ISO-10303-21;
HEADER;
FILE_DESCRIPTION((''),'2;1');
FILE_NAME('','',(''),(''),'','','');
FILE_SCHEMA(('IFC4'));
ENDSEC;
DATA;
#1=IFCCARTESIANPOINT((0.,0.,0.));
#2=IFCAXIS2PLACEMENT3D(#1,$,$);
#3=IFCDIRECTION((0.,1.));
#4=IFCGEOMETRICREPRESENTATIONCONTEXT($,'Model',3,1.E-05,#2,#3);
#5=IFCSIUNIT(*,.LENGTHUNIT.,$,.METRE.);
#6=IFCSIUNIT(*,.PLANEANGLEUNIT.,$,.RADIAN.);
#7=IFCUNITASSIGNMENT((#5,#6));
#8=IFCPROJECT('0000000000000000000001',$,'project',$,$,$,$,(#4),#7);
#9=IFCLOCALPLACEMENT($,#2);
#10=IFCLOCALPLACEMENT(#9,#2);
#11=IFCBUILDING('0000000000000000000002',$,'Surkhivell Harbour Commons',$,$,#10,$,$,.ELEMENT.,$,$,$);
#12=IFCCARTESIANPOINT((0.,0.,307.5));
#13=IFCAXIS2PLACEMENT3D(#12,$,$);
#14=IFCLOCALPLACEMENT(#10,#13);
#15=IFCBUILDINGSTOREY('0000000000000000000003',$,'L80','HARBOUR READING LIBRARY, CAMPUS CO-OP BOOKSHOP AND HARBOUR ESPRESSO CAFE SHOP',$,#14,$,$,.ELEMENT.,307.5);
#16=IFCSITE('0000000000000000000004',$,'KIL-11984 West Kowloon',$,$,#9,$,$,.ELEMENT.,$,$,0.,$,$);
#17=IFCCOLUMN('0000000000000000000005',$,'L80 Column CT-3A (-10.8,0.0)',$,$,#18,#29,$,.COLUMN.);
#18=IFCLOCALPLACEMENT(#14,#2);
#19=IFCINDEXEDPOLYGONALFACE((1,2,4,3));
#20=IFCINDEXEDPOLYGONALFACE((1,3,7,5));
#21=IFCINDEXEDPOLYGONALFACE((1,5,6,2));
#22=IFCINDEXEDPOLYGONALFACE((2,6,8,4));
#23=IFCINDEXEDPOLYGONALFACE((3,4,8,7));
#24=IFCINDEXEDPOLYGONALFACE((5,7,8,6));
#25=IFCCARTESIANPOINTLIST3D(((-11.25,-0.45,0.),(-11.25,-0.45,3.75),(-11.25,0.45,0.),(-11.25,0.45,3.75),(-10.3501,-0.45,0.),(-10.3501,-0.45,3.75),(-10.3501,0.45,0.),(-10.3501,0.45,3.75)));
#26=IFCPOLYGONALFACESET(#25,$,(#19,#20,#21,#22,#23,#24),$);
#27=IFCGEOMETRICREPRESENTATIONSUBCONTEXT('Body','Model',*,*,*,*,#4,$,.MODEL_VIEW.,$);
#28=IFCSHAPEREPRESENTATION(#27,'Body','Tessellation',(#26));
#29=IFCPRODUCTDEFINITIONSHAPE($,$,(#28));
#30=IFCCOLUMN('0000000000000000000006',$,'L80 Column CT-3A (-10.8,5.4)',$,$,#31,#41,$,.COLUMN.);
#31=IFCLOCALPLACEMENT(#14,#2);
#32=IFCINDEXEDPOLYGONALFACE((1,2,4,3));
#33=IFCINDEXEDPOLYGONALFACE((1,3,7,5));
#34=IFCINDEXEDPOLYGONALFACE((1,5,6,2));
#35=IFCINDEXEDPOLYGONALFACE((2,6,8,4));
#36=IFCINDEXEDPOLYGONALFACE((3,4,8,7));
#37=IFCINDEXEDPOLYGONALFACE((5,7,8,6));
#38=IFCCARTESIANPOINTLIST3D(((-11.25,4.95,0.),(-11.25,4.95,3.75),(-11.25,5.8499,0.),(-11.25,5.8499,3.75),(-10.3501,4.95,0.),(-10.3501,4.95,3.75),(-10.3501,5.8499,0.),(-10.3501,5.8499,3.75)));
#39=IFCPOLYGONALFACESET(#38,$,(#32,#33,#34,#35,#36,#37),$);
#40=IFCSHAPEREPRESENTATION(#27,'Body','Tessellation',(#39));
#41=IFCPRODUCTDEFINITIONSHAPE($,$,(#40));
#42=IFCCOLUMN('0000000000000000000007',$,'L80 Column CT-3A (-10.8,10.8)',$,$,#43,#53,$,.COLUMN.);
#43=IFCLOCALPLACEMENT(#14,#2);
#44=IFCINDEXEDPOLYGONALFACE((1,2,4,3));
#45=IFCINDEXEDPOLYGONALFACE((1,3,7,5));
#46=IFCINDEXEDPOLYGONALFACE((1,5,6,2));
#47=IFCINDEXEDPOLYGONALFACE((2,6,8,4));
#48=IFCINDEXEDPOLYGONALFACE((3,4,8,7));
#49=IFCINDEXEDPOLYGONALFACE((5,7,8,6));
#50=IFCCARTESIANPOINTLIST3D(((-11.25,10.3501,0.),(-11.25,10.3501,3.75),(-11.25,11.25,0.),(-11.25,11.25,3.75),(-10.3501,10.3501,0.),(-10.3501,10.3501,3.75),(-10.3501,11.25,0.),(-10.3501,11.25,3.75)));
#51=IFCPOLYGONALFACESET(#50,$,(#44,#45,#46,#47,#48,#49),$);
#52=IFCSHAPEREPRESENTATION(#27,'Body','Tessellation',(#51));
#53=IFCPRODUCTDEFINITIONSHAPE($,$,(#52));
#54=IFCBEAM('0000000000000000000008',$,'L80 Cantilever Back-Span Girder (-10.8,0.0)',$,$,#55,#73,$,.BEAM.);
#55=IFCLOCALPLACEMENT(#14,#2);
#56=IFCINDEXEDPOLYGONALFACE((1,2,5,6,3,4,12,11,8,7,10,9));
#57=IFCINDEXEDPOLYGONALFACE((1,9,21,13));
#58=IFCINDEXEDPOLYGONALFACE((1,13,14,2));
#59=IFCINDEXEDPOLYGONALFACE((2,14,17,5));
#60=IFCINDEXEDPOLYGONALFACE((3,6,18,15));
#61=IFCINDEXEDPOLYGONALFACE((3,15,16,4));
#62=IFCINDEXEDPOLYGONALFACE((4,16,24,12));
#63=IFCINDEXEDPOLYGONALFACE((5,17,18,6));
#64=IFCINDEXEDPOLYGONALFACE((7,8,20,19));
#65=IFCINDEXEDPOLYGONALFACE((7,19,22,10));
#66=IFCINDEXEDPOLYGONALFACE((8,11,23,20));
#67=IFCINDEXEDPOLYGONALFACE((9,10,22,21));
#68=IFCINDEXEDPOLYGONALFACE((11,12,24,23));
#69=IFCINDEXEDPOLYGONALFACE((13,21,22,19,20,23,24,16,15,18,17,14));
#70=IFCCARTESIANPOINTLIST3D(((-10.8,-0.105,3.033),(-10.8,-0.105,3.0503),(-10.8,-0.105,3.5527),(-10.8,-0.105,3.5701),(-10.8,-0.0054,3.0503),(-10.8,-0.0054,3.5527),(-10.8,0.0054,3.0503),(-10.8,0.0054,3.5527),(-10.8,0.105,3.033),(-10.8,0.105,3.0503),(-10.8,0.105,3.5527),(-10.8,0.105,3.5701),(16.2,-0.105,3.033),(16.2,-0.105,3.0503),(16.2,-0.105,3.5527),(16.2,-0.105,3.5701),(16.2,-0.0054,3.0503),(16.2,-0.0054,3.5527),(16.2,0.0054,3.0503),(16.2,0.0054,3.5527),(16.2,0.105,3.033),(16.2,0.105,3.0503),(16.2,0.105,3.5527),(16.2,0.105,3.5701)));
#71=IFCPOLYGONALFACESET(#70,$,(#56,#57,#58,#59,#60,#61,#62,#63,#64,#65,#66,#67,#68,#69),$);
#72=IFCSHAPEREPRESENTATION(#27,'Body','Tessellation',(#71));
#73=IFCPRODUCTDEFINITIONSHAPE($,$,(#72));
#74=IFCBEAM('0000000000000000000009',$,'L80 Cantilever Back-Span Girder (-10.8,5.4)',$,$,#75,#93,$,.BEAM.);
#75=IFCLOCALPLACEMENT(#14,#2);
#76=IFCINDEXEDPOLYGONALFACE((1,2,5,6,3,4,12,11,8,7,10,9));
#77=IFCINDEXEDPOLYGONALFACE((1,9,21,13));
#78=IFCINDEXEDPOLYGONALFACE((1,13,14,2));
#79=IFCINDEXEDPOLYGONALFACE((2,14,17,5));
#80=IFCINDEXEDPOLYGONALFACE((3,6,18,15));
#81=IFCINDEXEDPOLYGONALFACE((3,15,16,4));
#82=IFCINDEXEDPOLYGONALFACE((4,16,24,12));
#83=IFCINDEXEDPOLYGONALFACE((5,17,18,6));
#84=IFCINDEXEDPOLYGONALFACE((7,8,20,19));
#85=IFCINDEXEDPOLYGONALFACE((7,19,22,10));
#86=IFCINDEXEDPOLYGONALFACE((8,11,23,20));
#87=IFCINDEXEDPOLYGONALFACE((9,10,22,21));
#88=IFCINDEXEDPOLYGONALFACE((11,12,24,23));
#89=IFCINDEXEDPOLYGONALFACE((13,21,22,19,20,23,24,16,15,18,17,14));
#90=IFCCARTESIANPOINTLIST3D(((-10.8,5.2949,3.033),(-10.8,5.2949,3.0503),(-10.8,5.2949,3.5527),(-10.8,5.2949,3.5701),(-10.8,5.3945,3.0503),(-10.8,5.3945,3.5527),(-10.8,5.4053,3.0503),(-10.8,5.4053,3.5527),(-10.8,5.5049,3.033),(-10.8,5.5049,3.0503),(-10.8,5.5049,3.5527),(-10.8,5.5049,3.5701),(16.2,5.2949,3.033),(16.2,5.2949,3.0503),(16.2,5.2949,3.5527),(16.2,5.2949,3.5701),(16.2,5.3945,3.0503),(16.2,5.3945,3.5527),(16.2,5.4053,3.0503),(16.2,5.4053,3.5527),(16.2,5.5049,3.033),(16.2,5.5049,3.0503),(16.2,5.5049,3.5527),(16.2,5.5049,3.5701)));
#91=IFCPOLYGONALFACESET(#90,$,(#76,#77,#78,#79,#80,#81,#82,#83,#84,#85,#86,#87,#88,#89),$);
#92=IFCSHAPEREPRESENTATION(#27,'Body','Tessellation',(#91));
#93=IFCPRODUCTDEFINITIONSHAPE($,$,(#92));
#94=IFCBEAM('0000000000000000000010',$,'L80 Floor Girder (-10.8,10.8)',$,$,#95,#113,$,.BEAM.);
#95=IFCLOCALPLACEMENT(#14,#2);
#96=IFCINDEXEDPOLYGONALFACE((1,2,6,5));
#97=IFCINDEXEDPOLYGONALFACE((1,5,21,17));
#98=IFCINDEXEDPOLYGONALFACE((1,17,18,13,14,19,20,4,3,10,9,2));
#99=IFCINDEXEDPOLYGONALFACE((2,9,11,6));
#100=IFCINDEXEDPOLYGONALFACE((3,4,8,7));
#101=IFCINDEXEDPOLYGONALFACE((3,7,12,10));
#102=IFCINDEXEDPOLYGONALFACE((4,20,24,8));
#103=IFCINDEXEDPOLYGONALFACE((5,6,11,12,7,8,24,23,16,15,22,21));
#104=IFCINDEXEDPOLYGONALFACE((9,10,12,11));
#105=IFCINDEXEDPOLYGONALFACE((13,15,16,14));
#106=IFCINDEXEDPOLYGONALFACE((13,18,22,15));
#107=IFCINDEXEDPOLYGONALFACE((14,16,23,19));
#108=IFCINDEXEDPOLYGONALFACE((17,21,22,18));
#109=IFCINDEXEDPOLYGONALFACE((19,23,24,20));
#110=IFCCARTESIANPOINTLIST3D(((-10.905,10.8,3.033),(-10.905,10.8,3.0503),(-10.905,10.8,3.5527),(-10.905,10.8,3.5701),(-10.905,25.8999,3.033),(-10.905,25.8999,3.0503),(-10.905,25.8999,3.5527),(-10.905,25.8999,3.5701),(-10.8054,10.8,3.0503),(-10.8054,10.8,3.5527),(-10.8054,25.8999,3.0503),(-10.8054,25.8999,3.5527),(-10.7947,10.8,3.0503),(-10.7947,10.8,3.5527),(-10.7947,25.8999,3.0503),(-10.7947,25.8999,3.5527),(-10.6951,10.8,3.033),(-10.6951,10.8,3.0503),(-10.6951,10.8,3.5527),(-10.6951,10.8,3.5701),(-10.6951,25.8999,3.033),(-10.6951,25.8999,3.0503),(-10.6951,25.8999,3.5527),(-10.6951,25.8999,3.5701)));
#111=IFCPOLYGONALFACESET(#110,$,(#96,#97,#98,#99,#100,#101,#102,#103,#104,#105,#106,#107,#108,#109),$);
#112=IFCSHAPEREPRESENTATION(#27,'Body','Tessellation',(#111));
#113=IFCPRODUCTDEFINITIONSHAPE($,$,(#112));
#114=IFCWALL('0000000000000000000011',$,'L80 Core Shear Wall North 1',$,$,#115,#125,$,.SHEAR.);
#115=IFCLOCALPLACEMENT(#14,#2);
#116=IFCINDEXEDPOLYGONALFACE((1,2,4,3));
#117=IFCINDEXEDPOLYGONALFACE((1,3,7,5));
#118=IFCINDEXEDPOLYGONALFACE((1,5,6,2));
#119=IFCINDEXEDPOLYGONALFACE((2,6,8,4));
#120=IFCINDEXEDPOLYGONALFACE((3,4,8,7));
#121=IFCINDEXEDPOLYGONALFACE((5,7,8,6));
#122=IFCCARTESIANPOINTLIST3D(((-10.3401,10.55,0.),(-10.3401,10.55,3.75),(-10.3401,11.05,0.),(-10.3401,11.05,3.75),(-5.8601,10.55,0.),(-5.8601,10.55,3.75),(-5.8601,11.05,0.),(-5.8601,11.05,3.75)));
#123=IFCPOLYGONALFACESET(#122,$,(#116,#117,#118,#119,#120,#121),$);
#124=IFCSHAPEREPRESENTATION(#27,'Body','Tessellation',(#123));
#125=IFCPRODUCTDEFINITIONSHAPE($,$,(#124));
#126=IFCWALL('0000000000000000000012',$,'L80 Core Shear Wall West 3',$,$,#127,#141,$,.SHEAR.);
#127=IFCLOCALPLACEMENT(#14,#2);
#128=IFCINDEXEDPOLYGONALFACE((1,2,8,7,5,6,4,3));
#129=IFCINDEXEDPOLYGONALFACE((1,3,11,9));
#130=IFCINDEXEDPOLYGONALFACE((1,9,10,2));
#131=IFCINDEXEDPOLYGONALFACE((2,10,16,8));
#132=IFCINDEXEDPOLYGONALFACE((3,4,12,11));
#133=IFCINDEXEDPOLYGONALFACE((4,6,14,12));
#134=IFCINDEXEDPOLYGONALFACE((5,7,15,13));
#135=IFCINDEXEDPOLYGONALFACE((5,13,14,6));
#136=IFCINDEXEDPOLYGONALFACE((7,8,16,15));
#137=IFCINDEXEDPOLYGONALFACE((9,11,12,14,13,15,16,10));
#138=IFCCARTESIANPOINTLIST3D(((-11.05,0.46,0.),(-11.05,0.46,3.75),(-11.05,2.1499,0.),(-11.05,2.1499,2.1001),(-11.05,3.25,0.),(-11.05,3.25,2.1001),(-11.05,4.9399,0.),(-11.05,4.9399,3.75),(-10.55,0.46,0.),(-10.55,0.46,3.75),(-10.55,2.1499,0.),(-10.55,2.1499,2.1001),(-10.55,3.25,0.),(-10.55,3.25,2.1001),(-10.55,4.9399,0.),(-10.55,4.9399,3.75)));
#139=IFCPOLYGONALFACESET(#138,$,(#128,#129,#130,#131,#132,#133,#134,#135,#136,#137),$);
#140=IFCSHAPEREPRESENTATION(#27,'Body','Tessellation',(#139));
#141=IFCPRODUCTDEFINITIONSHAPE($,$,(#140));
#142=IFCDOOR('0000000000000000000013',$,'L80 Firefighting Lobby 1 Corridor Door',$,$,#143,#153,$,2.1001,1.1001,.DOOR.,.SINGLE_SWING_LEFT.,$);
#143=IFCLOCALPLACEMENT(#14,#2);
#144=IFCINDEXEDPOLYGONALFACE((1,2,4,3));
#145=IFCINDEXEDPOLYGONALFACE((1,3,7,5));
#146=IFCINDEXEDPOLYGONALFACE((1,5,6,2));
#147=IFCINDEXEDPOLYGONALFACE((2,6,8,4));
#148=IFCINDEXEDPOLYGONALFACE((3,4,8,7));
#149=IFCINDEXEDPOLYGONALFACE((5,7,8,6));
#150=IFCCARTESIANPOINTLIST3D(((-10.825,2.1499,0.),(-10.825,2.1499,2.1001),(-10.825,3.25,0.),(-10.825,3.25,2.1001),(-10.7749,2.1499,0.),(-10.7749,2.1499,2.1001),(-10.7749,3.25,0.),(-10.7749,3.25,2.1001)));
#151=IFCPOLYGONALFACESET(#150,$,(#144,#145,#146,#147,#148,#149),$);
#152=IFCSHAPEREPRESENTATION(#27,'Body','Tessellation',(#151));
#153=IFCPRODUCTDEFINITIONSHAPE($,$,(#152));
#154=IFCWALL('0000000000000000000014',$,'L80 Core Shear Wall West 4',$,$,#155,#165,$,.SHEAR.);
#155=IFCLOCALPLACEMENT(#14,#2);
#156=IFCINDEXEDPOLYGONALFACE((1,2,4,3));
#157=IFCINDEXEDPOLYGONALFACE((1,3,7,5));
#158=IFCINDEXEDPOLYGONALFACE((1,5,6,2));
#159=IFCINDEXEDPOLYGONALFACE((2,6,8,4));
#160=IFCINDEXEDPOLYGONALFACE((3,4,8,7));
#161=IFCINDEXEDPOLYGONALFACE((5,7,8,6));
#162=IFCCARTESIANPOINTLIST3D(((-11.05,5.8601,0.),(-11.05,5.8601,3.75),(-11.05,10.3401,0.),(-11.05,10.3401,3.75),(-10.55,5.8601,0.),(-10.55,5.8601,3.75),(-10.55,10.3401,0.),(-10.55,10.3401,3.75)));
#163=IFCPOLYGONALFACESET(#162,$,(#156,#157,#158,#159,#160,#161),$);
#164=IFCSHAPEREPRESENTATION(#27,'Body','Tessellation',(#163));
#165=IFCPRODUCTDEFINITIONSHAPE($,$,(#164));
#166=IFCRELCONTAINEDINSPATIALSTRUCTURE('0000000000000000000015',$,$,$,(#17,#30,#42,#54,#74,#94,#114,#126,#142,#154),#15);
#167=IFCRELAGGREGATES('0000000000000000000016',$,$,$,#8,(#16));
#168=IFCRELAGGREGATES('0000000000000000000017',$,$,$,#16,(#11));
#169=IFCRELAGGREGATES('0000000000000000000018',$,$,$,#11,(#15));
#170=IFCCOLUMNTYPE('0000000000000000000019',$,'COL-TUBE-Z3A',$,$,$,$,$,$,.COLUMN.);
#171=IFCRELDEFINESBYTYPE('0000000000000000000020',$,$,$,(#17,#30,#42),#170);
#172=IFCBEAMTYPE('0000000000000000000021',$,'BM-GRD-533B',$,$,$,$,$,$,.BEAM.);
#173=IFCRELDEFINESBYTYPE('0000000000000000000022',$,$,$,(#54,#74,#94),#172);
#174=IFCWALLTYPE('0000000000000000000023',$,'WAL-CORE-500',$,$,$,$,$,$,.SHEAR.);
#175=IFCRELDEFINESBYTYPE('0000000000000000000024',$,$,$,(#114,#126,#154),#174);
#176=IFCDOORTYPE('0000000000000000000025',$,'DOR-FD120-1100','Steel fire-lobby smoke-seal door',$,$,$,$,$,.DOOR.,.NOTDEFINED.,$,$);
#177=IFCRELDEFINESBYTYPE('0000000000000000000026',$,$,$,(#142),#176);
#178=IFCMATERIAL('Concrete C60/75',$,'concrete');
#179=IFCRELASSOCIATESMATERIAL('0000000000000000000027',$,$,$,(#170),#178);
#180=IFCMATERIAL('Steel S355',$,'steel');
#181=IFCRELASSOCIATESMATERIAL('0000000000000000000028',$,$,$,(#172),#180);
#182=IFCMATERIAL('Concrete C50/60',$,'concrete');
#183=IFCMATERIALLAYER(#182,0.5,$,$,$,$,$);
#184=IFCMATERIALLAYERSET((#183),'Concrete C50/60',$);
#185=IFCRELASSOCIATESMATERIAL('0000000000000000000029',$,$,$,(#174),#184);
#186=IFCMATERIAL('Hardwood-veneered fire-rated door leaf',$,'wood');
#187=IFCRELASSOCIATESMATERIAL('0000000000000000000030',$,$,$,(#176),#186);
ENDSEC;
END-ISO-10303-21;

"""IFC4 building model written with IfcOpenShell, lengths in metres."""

from ifc_helpers import new_model, si_unit, direction, frame, frame_2d, origin, origin_2d, place, context, subcontext, project, spatial, rectangle, i_section, extrude, material, layer, layer_set, material_profile, profile_set, type_object, element, fill, save


model = new_model("IFC4")

# Units and contexts
model_context = context("Model", 3, precision=1e-05, world=origin(), true_north=direction((0.0, 1.0)))
body_context = subcontext(model_context, "Body", "Model", "MODEL_VIEW")
ifc_project = project(units=[si_unit("LENGTHUNIT", "METRE"), si_unit("PLANEANGLEUNIT", "RADIAN")], contexts=[model_context])

# Site, building, storey
site_placement = place(None, origin())
site = spatial("IfcSite", under=ifc_project, at=site_placement, Name="KIL-11984 West Kowloon", CompositionType="ELEMENT", RefElevation=0.0)
building_placement = place(site_placement, origin())
building = spatial("IfcBuilding", under=site, at=building_placement, Name="Surkhivell Harbour Commons", CompositionType="ELEMENT")
storey_placement = place(building_placement, frame((0.0, 0.0, 307.5)))
storey = spatial("IfcBuildingStorey", under=building, at=storey_placement, Name="L80", Description="HARBOUR READING LIBRARY, CAMPUS CO-OP BOOKSHOP AND HARBOUR ESPRESSO CAFE SHOP", CompositionType="ELEMENT", Elevation=307.5)

# Columns
ifc_material_1 = material(Name="Concrete C60/75", Category="concrete")
ifc_material_profile_1 = material_profile(ifc_material_1, rectangle(XDim=0.8999, YDim=0.8999, at=origin_2d()), Name="RC-COL-900x900")
ifc_profile_set_1 = profile_set([ifc_material_profile_1], Name="Concrete C60/75")
column_type = type_object("IfcColumnType", Name="COL-TUBE-Z3A", PredefinedType="COLUMN", material=ifc_profile_set_1)
for number, where, z_axis, x_axis, name in (
    (1, (-10.8, 0.0, 0.0), (0.0, 0.0, 1.0), (1.0, 0.0, 0.0), "L80 Column CT-3A (-10.8,0.0)"),
    (2, (-10.8, 5.3999, 0.0), (0.0, 0.0, 1.0), (1.0, 0.0, 0.0), "L80 Column CT-3A (-10.8,5.4)"),
    (3, (-10.8, 10.8, 0.0), (0.0, 0.0, 1.0), (1.0, 0.0, 0.0), "L80 Column CT-3A (-10.8,10.8)"),
):
    element("IfcColumn", number, at=place(storey_placement, frame(where, z_axis=z_axis, x_axis=x_axis)), inside=storey, type_object=column_type, Name=name, PredefinedType="COLUMN", context=body_context, shape_type="SweptSolid", body=[
        extrude(rectangle(XDim=0.8999, YDim=0.8999, at=origin_2d()), origin(), (0.0, 0.0, 1.0), 3.75),
    ])

# Beams
ifc_material_2 = material(Name="Steel S355", Category="steel")
ifc_material_profile_2 = material_profile(ifc_material_2, i_section(OverallWidth=0.21, OverallDepth=0.5371, WebThickness=0.0107, FlangeThickness=0.0173, at=origin_2d()), Name="UB533x210x101")
ifc_profile_set_2 = profile_set([ifc_material_profile_2], Name="Steel S355")
beam_type = type_object("IfcBeamType", Name="BM-GRD-533B", PredefinedType="BEAM", material=ifc_profile_set_2)
for number, where, z_axis, x_axis, name in (
    (4, (-10.8, 0.0, 3.3015), (1.0, 0.0, 0.0), (0.0, 1.0, 0.0), "L80 Cantilever Back-Span Girder (-10.8,0.0)"),
    (5, (-10.8, 5.3999, 3.3015), (1.0, 0.0, 0.0), (0.0, 1.0, 0.0), "L80 Cantilever Back-Span Girder (-10.8,5.4)"),
):
    element("IfcBeam", number, at=place(storey_placement, frame(where, z_axis=z_axis, x_axis=x_axis)), inside=storey, type_object=beam_type, Name=name, PredefinedType="BEAM", context=body_context, shape_type="SweptSolid", body=[
        extrude(i_section(OverallWidth=0.21, OverallDepth=0.5371, WebThickness=0.0107, FlangeThickness=0.0173, at=origin_2d()), origin(), (0.0, 0.0, 1.0), 27.0),
    ])
beam_placement = place(storey_placement, frame((-10.8, 10.8, 3.3015), z_axis=(0.0, 1.0, 0.0), x_axis=(-1.0, 0.0, 0.0)))
element("IfcBeam", 6, at=beam_placement, inside=storey, type_object=beam_type, Name="L80 Floor Girder (-10.8,10.8)", PredefinedType="BEAM", context=body_context, shape_type="SweptSolid", body=[
    extrude(i_section(OverallWidth=0.21, OverallDepth=0.5371, WebThickness=0.0107, FlangeThickness=0.0173, at=origin_2d()), origin(), (0.0, 0.0, 1.0), 15.0999),
])

# Wall
ifc_material_3 = material(Name="Concrete C50/60", Category="concrete")
ifc_layer_1 = layer(ifc_material_3, 0.5)
ifc_layer_set_1 = layer_set([ifc_layer_1], Name="Concrete C50/60")
wall_type_1 = type_object("IfcWallType", Name="WAL-CORE-500", PredefinedType="SHEAR", material=ifc_layer_set_1)
wall_1_placement = place(storey_placement, frame((-10.3401, 10.8, 0.0), z_axis=(0.0, 0.0, 1.0), x_axis=(1.0, 0.0, 0.0)))
element("IfcWall", 7, at=wall_1_placement, inside=storey, type_object=wall_type_1, Name="L80 Core Shear Wall North 1", PredefinedType="SHEAR", context=body_context, shape_type="SweptSolid", body=[
    extrude(rectangle(XDim=4.48, YDim=0.5, at=frame_2d((2.24, 0.0))), origin(), (0.0, 0.0, 1.0), 3.75),
])

# Wall, opening, door
wall_2_placement = place(storey_placement, frame((-10.8, 0.46, 0.0), z_axis=(0.0, 0.0, 1.0), x_axis=(0.0, 1.0, 0.0)))
wall_2 = element("IfcWall", 8, at=wall_2_placement, inside=storey, type_object=wall_type_1, Name="L80 Core Shear Wall West 3", PredefinedType="SHEAR", context=body_context, shape_type="SweptSolid", body=[
    extrude(rectangle(XDim=4.48, YDim=0.5, at=frame_2d((2.24, 0.0))), origin(), (0.0, 0.0, 1.0), 3.75),
])
opening_1_placement = place(wall_2_placement, frame((1.6899, 0.0, 0.0)))
opening_1 = element("IfcOpeningElement", 9, at=opening_1_placement, cuts=wall_2, PredefinedType="OPENING", context=body_context, shape_type="SweptSolid", body=[
    extrude(rectangle(XDim=1.1001, YDim=2.1001, at=frame_2d((0.55, 1.05))), frame((0.0, 0.26, 0.0), z_axis=(0.0, -1.0, 0.0), x_axis=(1.0, 0.0, 0.0)), (0.0, 0.0, 1.0), 0.52),
])
ifc_material_4 = material(Name="Hardwood-veneered fire-rated door leaf", Category="wood")
door_type_1 = type_object("IfcDoorType", Name="DOR-FD120-1100", Description="Steel fire-lobby smoke-seal door", OperationType="NOTDEFINED", PredefinedType="DOOR", material=ifc_material_4)
door_1_placement = place(opening_1_placement, origin())
door_1 = element("IfcDoor", 10, at=door_1_placement, inside=storey, type_object=door_type_1, Name="L80 Firefighting Lobby 1 Corridor Door", OperationType="SINGLE_SWING_LEFT", OverallHeight=2.1001, OverallWidth=1.1001, PredefinedType="DOOR", context=body_context, shape_type="SweptSolid", body=[
    extrude(rectangle(XDim=1.1001, YDim=2.1001, at=frame_2d((0.55, 1.05))), frame((0.0, 0.0249, 0.0), z_axis=(0.0, -1.0, 0.0), x_axis=(1.0, 0.0, 0.0)), (0.0, 0.0, 1.0), 0.05),
])
fill(opening_1, door_1)

# Wall
wall_3_placement = place(storey_placement, frame((-10.8, 5.8601, 0.0), z_axis=(0.0, 0.0, 1.0), x_axis=(0.0, 1.0, 0.0)))
element("IfcWall", 11, at=wall_3_placement, inside=storey, type_object=wall_type_1, Name="L80 Core Shear Wall West 4", PredefinedType="SHEAR", context=body_context, shape_type="SweptSolid", body=[
    extrude(rectangle(XDim=4.48, YDim=0.5, at=frame_2d((2.24, 0.0))), origin(), (0.0, 0.0, 1.0), 3.75),
])

save(model, "model.ifc")
